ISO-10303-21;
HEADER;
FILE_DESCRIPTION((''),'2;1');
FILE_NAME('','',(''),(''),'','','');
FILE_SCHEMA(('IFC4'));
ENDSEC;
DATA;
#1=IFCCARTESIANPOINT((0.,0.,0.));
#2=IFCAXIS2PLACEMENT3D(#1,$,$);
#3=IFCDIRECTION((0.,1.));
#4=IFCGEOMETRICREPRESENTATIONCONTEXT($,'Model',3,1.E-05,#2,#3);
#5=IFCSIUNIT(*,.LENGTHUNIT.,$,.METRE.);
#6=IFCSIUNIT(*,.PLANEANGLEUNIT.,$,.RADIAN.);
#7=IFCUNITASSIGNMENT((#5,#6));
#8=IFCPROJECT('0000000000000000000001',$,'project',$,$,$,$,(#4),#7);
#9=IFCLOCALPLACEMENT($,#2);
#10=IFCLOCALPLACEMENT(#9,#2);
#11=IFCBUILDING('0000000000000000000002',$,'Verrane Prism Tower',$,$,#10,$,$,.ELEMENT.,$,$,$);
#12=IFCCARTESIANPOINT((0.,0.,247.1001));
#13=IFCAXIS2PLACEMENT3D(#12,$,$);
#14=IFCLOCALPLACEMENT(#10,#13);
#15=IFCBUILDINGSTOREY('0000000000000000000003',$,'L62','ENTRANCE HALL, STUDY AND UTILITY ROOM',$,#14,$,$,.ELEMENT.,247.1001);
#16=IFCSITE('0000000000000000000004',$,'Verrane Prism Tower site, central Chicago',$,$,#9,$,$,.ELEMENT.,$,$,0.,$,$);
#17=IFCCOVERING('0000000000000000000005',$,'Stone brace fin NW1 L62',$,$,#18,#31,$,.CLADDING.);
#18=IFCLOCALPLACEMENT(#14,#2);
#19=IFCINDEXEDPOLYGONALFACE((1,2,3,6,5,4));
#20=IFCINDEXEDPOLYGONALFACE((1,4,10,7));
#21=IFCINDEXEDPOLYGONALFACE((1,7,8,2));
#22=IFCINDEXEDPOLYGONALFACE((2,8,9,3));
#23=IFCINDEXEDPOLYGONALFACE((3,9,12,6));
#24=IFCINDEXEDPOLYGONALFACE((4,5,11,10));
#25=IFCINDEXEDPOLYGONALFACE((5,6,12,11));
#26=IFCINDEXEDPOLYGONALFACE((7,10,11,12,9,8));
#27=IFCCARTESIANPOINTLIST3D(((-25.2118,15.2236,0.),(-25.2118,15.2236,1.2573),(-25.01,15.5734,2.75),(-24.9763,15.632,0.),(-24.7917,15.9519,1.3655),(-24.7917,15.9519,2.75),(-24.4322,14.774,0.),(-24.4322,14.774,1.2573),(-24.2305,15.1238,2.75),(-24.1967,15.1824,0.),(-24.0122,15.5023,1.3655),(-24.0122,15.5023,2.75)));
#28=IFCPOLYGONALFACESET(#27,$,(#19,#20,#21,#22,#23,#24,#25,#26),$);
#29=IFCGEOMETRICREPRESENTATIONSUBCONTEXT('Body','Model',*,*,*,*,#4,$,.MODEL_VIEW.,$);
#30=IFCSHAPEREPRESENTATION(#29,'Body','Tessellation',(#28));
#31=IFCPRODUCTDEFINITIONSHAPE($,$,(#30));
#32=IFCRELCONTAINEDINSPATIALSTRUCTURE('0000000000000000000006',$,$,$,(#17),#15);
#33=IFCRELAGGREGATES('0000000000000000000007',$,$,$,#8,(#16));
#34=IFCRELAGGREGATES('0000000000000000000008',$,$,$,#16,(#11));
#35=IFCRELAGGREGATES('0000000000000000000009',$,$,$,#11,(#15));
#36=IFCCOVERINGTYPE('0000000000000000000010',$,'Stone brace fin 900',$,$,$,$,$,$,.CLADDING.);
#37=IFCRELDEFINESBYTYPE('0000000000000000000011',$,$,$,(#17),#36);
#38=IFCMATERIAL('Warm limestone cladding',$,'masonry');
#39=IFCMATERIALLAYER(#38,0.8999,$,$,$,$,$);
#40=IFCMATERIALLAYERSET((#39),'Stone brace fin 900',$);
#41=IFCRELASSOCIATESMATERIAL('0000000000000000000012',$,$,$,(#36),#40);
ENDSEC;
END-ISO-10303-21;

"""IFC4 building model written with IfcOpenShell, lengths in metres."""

from ifc_helpers import new_model, si_unit, direction, frame, origin, place, context, subcontext, project, spatial, polyline, outline, extrude, material, layer, layer_set, type_object, element, save


model = new_model("IFC4")

# Units and contexts
model_context = context("Model", 3, precision=1e-05, world=origin(), true_north=direction((0.0, 1.0)))
body_context = subcontext(model_context, "Body", "Model", "MODEL_VIEW")
ifc_project = project(units=[si_unit("LENGTHUNIT", "METRE"), si_unit("PLANEANGLEUNIT", "RADIAN")], contexts=[model_context])

# Site, building, storey
site_placement = place(None, origin())
site = spatial("IfcSite", under=ifc_project, at=site_placement, Name="Verrane Prism Tower site, central Chicago", CompositionType="ELEMENT", RefElevation=0.0)
building_placement = place(site_placement, origin())
building = spatial("IfcBuilding", under=site, at=building_placement, Name="Verrane Prism Tower", CompositionType="ELEMENT")
storey_placement = place(building_placement, frame((0.0, 0.0, 247.1001)))
storey = spatial("IfcBuildingStorey", under=building, at=storey_placement, Name="L62", Description="ENTRANCE HALL, STUDY AND UTILITY ROOM", CompositionType="ELEMENT", Elevation=247.1001)

# Covering
ifc_material_1 = material(Name="Warm limestone cladding", Category="masonry")
ifc_layer_1 = layer(ifc_material_1, 0.8999)
ifc_layer_set_1 = layer_set([ifc_layer_1], Name="Stone brace fin 900")
covering_type = type_object("IfcCoveringType", Name="Stone brace fin 900", PredefinedType="CLADDING", material=ifc_layer_set_1)
covering_1_placement = place(storey_placement, frame((-24.822, 14.9988, 0.0), z_axis=(0.0, 0.0, 1.0), x_axis=(0.499605, 0.866253, 0.0)))
element("IfcCovering", 1, at=covering_1_placement, inside=storey, type_object=covering_type, Name="Stone brace fin NW1 L62", PredefinedType="CLADDING", context=body_context, shape_type="SweptSolid", body=[
    extrude(outline(polyline([(0.8408, 2.75), (0.4038, 2.75), (0.0, 1.2573), (0.0, 0.0), (0.4714, 0.0), (0.8408, 1.3655), (0.8408, 2.75)])), frame((0.0, 0.45, 0.0), z_axis=(0.0, -1.0, 0.0), x_axis=(1.0, 0.0, 0.0)), (0.0, 0.0, 1.0), 0.8999),
])

save(model, "model.ifc")
